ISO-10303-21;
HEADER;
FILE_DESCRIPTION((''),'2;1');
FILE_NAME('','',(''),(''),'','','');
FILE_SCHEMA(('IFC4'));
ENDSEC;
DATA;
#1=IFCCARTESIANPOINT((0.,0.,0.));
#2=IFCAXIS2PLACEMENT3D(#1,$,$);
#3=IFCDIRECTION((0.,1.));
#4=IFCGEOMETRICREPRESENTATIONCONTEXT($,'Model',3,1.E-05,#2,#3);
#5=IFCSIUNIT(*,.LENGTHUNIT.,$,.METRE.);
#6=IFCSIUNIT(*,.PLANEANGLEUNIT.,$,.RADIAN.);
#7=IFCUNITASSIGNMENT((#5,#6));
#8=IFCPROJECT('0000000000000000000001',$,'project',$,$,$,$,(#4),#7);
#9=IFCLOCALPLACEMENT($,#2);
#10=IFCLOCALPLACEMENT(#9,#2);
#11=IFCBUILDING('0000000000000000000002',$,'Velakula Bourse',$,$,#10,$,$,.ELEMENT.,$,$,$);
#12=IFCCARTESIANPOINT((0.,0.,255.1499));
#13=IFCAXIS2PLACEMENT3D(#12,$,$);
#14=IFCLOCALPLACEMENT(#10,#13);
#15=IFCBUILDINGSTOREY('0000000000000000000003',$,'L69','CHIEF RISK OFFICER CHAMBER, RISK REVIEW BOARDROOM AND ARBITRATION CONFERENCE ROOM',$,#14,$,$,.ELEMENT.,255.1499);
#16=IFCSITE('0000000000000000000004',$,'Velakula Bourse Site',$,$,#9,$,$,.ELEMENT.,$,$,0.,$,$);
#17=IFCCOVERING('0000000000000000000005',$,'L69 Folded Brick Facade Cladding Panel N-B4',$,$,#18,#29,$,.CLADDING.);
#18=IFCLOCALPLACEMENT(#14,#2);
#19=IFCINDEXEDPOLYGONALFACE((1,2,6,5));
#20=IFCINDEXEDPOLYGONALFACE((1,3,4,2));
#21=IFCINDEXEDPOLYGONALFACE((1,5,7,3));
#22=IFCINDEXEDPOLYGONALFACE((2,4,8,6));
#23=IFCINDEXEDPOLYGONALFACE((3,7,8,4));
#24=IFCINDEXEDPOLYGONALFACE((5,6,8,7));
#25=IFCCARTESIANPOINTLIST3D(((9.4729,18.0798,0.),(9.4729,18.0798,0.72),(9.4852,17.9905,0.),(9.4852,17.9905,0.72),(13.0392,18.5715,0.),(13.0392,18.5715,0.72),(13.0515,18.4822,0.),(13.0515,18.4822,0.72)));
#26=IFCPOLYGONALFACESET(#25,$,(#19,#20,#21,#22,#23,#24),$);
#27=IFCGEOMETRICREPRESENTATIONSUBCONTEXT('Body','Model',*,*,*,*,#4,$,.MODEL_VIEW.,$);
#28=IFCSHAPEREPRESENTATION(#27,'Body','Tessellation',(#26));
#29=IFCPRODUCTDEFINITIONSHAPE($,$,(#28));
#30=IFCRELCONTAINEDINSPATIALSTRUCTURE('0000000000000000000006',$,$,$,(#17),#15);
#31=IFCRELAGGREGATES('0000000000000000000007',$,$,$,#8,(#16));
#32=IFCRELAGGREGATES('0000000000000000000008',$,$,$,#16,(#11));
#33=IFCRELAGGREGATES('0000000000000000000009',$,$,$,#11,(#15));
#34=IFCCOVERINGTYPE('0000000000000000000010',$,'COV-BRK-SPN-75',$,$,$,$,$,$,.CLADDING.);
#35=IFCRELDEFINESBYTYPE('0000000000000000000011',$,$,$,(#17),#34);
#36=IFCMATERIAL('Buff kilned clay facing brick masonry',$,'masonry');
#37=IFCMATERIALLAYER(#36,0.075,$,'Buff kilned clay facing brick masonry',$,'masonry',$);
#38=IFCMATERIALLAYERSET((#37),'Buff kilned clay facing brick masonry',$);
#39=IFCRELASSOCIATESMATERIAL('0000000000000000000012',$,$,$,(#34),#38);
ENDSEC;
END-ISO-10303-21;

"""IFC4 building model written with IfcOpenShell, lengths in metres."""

from ifc_helpers import new_model, si_unit, direction, frame, origin, origin_2d, place, context, subcontext, project, spatial, rectangle, extrude, material, layer, layer_set, type_object, element, save


model = new_model("IFC4")

# Units and contexts
model_context = context("Model", 3, precision=1e-05, world=origin(), true_north=direction((0.0, 1.0)))
body_context = subcontext(model_context, "Body", "Model", "MODEL_VIEW")
ifc_project = project(units=[si_unit("LENGTHUNIT", "METRE"), si_unit("PLANEANGLEUNIT", "RADIAN")], contexts=[model_context])

# Site, building, storey
site_placement = place(None, origin())
site = spatial("IfcSite", under=ifc_project, at=site_placement, Name="Velakula Bourse Site", CompositionType="ELEMENT", RefElevation=0.0)
building_placement = place(site_placement, origin())
building = spatial("IfcBuilding", under=site, at=building_placement, Name="Velakula Bourse", CompositionType="ELEMENT")
storey_placement = place(building_placement, frame((0.0, 0.0, 255.1499)))
storey = spatial("IfcBuildingStorey", under=building, at=storey_placement, Name="L69", Description="CHIEF RISK OFFICER CHAMBER, RISK REVIEW BOARDROOM AND ARBITRATION CONFERENCE ROOM", CompositionType="ELEMENT", Elevation=255.1499)

# Shared definitions
ifc_material_1 = material(Name="Buff kilned clay facing brick masonry", Category="masonry")

# Covering
ifc_layer_1 = layer(ifc_material_1, 0.075, Name="Buff kilned clay facing brick masonry", Category="masonry")
ifc_layer_set_1 = layer_set([ifc_layer_1], Name="Buff kilned clay facing brick masonry")
covering_type = type_object("IfcCoveringType", Name="COV-BRK-SPN-75", PredefinedType="CLADDING", material=ifc_layer_set_1)
covering_placement = place(storey_placement, frame((11.2622, 18.281, 0.0), z_axis=(0.0, 0.0, 1.0), x_axis=(0.990629, 0.13658, 0.0)))
element("IfcCovering", 1, at=covering_placement, inside=storey, type_object=covering_type, Name="L69 Folded Brick Facade Cladding Panel N-B4", PredefinedType="CLADDING", context=body_context, shape_type="SweptSolid", body=[
    extrude(rectangle(XDim=3.6001, YDim=0.0901, at=origin_2d()), origin(), (0.0, 0.0, 1.0), 0.72),
])

save(model, "model.ifc")
